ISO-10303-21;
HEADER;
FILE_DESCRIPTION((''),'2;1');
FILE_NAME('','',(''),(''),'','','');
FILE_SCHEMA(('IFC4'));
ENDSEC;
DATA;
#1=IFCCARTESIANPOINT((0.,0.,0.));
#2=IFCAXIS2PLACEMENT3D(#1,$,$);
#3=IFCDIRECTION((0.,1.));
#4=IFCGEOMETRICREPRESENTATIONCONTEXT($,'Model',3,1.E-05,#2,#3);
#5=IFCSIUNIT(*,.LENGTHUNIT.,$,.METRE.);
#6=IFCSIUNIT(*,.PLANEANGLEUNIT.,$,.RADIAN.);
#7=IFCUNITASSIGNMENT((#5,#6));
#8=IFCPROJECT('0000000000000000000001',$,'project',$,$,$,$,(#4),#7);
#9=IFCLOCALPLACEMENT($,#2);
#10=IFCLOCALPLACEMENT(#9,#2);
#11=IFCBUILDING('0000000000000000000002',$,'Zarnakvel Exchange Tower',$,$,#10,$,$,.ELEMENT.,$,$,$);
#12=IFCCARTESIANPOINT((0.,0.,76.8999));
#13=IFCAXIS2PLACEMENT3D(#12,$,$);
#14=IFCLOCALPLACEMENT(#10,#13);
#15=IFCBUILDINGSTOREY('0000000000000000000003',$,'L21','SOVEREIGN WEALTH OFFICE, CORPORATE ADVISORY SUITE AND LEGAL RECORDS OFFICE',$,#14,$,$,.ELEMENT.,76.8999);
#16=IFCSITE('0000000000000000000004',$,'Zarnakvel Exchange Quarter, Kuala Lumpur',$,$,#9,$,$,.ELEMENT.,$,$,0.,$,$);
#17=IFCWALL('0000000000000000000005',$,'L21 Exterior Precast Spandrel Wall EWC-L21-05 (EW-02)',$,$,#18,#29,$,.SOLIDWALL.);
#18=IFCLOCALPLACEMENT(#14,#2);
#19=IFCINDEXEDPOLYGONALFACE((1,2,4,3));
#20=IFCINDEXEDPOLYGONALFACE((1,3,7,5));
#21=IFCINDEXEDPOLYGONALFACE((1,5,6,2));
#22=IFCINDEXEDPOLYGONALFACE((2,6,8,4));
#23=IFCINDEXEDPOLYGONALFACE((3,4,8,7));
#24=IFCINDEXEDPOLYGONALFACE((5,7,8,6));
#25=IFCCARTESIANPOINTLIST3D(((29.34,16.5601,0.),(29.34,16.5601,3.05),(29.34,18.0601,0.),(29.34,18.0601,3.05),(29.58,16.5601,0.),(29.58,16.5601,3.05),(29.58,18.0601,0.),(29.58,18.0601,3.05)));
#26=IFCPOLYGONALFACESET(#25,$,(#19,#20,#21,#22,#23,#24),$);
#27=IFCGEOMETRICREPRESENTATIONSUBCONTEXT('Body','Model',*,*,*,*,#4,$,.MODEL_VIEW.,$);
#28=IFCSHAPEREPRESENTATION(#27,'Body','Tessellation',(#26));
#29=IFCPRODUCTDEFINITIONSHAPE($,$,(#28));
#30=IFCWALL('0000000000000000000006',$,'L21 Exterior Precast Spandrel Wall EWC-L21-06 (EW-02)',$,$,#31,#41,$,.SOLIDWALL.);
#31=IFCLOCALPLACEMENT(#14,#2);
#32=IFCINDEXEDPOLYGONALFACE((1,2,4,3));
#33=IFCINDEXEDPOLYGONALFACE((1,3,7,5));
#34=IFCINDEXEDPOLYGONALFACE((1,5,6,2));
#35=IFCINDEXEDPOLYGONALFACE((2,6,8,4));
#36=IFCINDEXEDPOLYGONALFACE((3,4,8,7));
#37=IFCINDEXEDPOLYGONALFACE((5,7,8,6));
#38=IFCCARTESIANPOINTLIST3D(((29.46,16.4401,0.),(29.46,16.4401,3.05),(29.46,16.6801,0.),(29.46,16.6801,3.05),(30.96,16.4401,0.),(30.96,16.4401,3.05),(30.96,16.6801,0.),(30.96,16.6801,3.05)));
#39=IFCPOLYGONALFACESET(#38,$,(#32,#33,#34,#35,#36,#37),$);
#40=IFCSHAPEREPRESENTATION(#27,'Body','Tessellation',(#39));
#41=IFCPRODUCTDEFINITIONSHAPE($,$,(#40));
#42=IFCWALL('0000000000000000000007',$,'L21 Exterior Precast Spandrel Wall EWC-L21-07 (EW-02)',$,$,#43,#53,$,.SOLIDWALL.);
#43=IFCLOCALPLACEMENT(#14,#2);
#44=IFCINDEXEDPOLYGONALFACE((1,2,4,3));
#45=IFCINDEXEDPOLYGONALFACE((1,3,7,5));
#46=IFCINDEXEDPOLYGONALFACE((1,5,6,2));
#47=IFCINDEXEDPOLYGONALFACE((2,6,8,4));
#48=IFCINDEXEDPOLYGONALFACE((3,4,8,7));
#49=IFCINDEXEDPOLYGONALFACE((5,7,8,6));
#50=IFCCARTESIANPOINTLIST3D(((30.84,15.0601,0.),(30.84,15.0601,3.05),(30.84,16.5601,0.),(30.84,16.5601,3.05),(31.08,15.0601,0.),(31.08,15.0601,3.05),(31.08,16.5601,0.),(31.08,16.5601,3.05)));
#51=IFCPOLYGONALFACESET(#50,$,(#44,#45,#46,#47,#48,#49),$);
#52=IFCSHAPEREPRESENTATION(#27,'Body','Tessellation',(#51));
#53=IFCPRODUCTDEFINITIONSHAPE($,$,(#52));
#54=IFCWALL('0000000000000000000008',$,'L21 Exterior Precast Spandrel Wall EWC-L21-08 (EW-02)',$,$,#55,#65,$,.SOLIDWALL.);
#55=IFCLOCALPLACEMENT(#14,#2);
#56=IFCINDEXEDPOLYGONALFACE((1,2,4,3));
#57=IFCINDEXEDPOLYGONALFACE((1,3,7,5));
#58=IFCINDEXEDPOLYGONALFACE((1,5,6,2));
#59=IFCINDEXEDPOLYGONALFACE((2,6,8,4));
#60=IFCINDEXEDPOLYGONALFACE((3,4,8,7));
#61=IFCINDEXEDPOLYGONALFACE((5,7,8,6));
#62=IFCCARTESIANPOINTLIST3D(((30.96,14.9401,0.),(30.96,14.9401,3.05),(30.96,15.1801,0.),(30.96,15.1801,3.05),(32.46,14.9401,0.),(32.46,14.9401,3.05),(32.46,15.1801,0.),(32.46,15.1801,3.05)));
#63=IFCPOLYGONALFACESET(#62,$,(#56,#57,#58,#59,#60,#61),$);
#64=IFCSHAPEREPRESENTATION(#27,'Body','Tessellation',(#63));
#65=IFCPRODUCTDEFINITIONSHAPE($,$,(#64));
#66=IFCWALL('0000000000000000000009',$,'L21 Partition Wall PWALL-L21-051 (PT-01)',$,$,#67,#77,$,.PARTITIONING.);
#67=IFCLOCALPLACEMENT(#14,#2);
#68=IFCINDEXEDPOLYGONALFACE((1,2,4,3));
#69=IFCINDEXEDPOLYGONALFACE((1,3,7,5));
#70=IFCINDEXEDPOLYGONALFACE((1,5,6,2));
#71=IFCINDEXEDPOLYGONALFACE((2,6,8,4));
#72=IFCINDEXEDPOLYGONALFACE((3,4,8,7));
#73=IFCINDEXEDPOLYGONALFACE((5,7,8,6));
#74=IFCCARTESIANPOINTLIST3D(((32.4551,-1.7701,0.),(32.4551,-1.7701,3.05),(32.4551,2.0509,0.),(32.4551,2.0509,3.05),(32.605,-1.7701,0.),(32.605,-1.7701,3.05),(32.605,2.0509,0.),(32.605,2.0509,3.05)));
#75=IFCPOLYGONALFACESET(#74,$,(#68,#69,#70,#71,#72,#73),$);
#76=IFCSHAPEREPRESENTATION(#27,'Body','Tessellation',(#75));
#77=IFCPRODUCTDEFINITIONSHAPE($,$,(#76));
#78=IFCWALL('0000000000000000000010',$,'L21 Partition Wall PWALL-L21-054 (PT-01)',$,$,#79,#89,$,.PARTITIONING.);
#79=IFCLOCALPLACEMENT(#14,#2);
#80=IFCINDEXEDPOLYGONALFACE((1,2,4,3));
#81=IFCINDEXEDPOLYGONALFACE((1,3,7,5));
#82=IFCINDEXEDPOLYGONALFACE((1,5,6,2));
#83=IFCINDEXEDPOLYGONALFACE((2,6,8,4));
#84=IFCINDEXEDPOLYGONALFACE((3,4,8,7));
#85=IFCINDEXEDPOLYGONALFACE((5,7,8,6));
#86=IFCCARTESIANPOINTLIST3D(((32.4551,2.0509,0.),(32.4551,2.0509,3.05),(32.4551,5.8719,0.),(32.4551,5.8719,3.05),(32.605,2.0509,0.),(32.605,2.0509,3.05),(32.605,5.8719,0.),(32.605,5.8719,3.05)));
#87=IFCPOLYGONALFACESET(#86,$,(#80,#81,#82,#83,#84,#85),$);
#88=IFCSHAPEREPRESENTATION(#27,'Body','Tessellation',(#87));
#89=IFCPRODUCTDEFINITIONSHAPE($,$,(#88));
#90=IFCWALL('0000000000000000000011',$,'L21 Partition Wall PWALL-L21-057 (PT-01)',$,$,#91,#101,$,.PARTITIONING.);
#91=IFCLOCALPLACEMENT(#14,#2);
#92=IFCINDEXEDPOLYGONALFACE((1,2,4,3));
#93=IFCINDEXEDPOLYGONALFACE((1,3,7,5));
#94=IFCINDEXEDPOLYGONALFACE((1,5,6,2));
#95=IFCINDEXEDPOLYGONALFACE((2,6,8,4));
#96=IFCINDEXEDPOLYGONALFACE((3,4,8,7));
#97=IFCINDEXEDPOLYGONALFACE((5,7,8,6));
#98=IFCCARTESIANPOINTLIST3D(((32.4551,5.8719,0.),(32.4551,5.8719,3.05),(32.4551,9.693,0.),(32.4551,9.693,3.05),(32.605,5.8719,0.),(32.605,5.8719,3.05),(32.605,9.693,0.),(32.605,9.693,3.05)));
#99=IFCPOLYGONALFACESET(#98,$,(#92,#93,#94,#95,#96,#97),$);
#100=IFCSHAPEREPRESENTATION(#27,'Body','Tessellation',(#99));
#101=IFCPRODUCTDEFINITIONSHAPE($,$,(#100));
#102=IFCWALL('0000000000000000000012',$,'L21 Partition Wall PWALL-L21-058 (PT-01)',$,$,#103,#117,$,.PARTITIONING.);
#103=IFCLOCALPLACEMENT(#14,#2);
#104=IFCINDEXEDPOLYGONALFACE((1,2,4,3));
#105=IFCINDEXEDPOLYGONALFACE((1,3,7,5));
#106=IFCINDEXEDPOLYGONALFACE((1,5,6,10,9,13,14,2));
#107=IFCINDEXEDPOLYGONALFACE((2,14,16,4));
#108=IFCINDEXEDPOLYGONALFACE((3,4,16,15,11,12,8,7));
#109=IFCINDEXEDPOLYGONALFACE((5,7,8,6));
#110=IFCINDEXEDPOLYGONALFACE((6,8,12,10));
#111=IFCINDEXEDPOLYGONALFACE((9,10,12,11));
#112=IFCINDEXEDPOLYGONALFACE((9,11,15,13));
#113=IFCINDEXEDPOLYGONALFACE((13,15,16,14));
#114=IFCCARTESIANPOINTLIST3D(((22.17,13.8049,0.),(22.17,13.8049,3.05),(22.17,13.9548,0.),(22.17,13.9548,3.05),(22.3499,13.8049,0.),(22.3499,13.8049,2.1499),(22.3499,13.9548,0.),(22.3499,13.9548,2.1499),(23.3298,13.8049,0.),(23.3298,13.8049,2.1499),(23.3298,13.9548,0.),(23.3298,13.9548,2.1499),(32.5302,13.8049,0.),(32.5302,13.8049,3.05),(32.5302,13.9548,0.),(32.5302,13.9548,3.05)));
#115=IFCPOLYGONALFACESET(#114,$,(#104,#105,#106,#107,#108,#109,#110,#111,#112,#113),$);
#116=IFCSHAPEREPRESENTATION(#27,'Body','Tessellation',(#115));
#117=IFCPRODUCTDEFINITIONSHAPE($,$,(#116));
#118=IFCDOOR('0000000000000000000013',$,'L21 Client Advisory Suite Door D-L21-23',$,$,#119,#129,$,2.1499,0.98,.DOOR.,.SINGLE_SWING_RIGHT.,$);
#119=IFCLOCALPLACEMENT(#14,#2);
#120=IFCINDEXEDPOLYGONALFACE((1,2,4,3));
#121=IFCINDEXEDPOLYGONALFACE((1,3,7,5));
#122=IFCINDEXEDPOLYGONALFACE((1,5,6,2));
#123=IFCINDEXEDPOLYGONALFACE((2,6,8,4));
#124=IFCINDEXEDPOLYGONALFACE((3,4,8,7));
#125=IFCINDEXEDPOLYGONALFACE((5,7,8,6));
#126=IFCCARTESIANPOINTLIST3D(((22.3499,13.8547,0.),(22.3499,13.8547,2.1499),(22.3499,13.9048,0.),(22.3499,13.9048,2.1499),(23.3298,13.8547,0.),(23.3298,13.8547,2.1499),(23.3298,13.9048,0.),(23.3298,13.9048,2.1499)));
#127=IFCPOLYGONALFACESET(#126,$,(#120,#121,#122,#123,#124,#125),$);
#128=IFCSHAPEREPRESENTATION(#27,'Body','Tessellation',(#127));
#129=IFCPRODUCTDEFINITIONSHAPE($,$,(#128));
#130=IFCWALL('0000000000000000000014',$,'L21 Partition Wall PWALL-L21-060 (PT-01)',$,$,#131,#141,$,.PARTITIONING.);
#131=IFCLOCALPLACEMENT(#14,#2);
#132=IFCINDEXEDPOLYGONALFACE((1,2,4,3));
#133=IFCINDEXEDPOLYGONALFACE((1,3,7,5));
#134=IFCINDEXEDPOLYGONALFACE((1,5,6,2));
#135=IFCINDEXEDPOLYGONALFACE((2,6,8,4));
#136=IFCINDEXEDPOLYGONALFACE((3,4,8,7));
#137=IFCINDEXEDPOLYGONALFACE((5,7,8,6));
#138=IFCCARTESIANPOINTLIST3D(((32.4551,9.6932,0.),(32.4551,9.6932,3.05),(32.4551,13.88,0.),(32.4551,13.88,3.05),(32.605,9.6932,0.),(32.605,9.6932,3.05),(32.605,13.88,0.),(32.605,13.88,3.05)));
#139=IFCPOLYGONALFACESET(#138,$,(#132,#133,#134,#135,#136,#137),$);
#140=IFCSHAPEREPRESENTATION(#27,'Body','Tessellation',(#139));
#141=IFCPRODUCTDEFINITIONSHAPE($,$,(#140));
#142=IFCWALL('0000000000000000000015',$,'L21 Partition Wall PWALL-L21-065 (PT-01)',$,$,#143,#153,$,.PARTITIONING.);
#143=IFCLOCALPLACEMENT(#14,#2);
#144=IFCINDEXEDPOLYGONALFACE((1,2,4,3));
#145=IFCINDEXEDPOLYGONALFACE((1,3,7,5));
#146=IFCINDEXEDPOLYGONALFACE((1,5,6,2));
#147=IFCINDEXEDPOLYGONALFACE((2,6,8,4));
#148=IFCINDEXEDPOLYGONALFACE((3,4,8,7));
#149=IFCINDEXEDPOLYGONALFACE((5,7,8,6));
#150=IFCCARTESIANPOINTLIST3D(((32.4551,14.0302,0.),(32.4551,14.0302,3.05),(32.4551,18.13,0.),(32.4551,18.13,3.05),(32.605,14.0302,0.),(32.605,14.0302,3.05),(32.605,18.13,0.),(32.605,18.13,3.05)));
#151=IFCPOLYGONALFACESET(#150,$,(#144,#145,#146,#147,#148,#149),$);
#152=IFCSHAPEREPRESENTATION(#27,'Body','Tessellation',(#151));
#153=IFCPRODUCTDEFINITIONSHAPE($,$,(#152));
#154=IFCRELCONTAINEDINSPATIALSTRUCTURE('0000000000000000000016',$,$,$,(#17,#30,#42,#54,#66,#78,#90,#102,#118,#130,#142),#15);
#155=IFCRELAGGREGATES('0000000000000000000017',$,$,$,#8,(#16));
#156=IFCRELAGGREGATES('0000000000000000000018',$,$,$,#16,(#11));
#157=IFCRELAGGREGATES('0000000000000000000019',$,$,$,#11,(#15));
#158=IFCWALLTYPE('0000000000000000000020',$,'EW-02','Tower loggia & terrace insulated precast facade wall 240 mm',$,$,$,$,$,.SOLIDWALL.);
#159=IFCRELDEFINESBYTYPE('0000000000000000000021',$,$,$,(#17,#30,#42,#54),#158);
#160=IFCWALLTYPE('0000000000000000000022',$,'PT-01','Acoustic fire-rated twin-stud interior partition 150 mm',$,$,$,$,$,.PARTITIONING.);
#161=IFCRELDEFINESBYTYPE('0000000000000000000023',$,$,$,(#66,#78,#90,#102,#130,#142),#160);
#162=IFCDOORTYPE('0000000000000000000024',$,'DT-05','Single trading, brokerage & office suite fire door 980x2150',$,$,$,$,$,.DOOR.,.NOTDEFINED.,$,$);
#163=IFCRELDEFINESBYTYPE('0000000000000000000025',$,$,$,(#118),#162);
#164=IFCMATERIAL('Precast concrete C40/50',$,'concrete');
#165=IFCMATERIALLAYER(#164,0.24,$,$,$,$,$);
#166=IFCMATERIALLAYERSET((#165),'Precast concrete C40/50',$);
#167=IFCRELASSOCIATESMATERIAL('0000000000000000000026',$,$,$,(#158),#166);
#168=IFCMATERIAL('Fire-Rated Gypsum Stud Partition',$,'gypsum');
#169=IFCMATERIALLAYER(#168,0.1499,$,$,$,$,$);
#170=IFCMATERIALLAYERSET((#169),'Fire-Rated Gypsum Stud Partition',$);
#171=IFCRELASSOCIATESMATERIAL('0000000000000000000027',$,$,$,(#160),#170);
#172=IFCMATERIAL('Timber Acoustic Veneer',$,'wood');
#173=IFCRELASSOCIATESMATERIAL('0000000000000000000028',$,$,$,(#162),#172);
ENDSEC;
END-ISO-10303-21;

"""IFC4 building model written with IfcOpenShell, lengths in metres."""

from ifc_helpers import new_model, si_unit, direction, frame, frame_2d, origin, place, context, subcontext, project, spatial, rectangle, extrude, source, transform, mapped, material, layer, layer_set, type_object, element, fill, save


model = new_model("IFC4")

# Units and contexts
model_context = context("Model", 3, precision=1e-05, world=origin(), true_north=direction((0.0, 1.0)))
body_context = subcontext(model_context, "Body", "Model", "MODEL_VIEW")
ifc_project = project(units=[si_unit("LENGTHUNIT", "METRE"), si_unit("PLANEANGLEUNIT", "RADIAN")], contexts=[model_context])

# Site, building, storey
site_placement = place(None, origin())
site = spatial("IfcSite", under=ifc_project, at=site_placement, Name="Zarnakvel Exchange Quarter, Kuala Lumpur", CompositionType="ELEMENT", RefElevation=0.0)
building_placement = place(site_placement, origin())
building = spatial("IfcBuilding", under=site, at=building_placement, Name="Zarnakvel Exchange Tower", CompositionType="ELEMENT")
storey_placement = place(building_placement, frame((0.0, 0.0, 76.8999)))
storey = spatial("IfcBuildingStorey", under=building, at=storey_placement, Name="L21", Description="SOVEREIGN WEALTH OFFICE, CORPORATE ADVISORY SUITE AND LEGAL RECORDS OFFICE", CompositionType="ELEMENT", Elevation=76.8999)

# Walls
ifc_material_1 = material(Name="Precast concrete C40/50", Category="concrete")
ifc_layer_1 = layer(ifc_material_1, 0.24)
ifc_layer_set_1 = layer_set([ifc_layer_1], Name="Precast concrete C40/50")
wall_type_1 = type_object("IfcWallType", Name="EW-02", Description="Tower loggia & terrace insulated precast facade wall 240 mm", PredefinedType="SOLIDWALL", material=ifc_layer_set_1)
for number, where, z_axis, x_axis, name in (
    (1, (29.46, 16.5601, 0.0), (0.0, 0.0, 1.0), (0.0, 1.0, 0.0), "L21 Exterior Precast Spandrel Wall EWC-L21-05 (EW-02)"),
    (2, (30.96, 16.5601, 0.0), (0.0, 0.0, 1.0), (-1.0, 0.0, 0.0), "L21 Exterior Precast Spandrel Wall EWC-L21-06 (EW-02)"),
    (3, (30.96, 15.0601, 0.0), (0.0, 0.0, 1.0), (0.0, 1.0, 0.0), "L21 Exterior Precast Spandrel Wall EWC-L21-07 (EW-02)"),
    (4, (32.46, 15.0601, 0.0), (0.0, 0.0, 1.0), (-1.0, 0.0, 0.0), "L21 Exterior Precast Spandrel Wall EWC-L21-08 (EW-02)"),
):
    element("IfcWall", number, at=place(storey_placement, frame(where, z_axis=z_axis, x_axis=x_axis)), inside=storey, type_object=wall_type_1, Name=name, PredefinedType="SOLIDWALL", context=body_context, shape_type="SweptSolid", body=[
        extrude(rectangle(XDim=1.5, YDim=0.24, at=frame_2d((0.75, 0.0))), origin(), (0.0, 0.0, 1.0), 3.05),
    ])
ifc_material_2 = material(Name="Fire-Rated Gypsum Stud Partition", Category="gypsum")
ifc_layer_2 = layer(ifc_material_2, 0.1499)
ifc_layer_set_2 = layer_set([ifc_layer_2], Name="Fire-Rated Gypsum Stud Partition")
wall_type_2 = type_object("IfcWallType", Name="PT-01", Description="Acoustic fire-rated twin-stud interior partition 150 mm", PredefinedType="PARTITIONING", material=ifc_layer_set_2)
for number, where, z_axis, x_axis, name in (
    (5, (32.53, 2.051, 0.0), (0.0, 0.0, 1.0), (0.0, -1.0, 0.0), "L21 Partition Wall PWALL-L21-051 (PT-01)"),
    (6, (32.53, 5.8721, 0.0), (0.0, 0.0, 1.0), (0.0, -1.0, 0.0), "L21 Partition Wall PWALL-L21-054 (PT-01)"),
    (7, (32.53, 9.6931, 0.0), (0.0, 0.0, 1.0), (0.0, -1.0, 0.0), "L21 Partition Wall PWALL-L21-057 (PT-01)"),
):
    element("IfcWall", number, at=place(storey_placement, frame(where, z_axis=z_axis, x_axis=x_axis)), inside=storey, type_object=wall_type_2, Name=name, PredefinedType="PARTITIONING", context=body_context, shape_type="SweptSolid", body=[
        extrude(rectangle(XDim=3.821, YDim=0.1499, at=frame_2d((1.9106, 0.0))), origin(), (0.0, 0.0, 1.0), 3.05),
    ])

# Wall, opening, door
wall_1_placement = place(storey_placement, frame((22.1699, 13.8799, 0.0), z_axis=(0.0, 0.0, 1.0), x_axis=(1.0, 0.0, 0.0)))
wall_1 = element("IfcWall", 8, at=wall_1_placement, inside=storey, type_object=wall_type_2, Name="L21 Partition Wall PWALL-L21-058 (PT-01)", PredefinedType="PARTITIONING", context=body_context, shape_type="SweptSolid", body=[
    extrude(rectangle(XDim=10.3601, YDim=0.1499, at=frame_2d((5.1802, 0.0))), origin(), (0.0, 0.0, 1.0), 3.05),
])
opening_placement = place(wall_1_placement, frame((0.1799, 0.0, 0.0)))
opening = element("IfcOpeningElement", 9, at=opening_placement, cuts=wall_1, PredefinedType="OPENING", context=body_context, shape_type="SweptSolid", body=[
    extrude(rectangle(XDim=0.98, YDim=2.1499, at=frame_2d((0.49, 1.075))), frame((0.0, 0.085, 0.0), z_axis=(0.0, -1.0, 0.0), x_axis=(1.0, 0.0, 0.0)), (0.0, 0.0, 1.0), 0.1699),
])
ifc_material_3 = material(Name="Timber Acoustic Veneer", Category="wood")
door_type = type_object("IfcDoorType", Name="DT-05", Description="Single trading, brokerage & office suite fire door 980x2150", OperationType="NOTDEFINED", PredefinedType="DOOR", material=ifc_material_3)
shared_shape_1 = source(origin(), body_context, "Body", "SweptSolid", [
    extrude(rectangle(XDim=0.98, YDim=2.1499, at=frame_2d((0.49, 1.075))), frame((0.0, 0.0249, 0.0), z_axis=(0.0, -1.0, 0.0), x_axis=(1.0, 0.0, 0.0)), (0.0, 0.0, 1.0), 0.05),
])
door_placement = place(opening_placement, origin())
door = element("IfcDoor", 10, at=door_placement, inside=storey, type_object=door_type, Name="L21 Client Advisory Suite Door D-L21-23", OperationType="SINGLE_SWING_RIGHT", OverallHeight=2.1499, OverallWidth=0.98, PredefinedType="DOOR", context=body_context, shape_type="MappedRepresentation", body=[
    mapped(shared_shape_1, transform((0.0, 0.0, 0.0), x_axis=(1.0, 0.0, 0.0), y_axis=(0.0, 1.0, 0.0), z_axis=(0.0, 0.0, 1.0), scale=1.0)),
])
fill(opening, door)

# Walls
wall_2_placement = place(storey_placement, frame((32.53, 13.8799, 0.0), z_axis=(0.0, 0.0, 1.0), x_axis=(0.0, -1.0, 0.0)))
element("IfcWall", 11, at=wall_2_placement, inside=storey, type_object=wall_type_2, Name="L21 Partition Wall PWALL-L21-060 (PT-01)", PredefinedType="PARTITIONING", context=body_context, shape_type="SweptSolid", body=[
    extrude(rectangle(XDim=4.1868, YDim=0.1499, at=frame_2d((2.0933, 0.0))), origin(), (0.0, 0.0, 1.0), 3.05),
])
wall_3_placement = place(storey_placement, frame((32.53, 18.1299, 0.0), z_axis=(0.0, 0.0, 1.0), x_axis=(0.0, -1.0, 0.0)))
element("IfcWall", 12, at=wall_3_placement, inside=storey, type_object=wall_type_2, Name="L21 Partition Wall PWALL-L21-065 (PT-01)", PredefinedType="PARTITIONING", context=body_context, shape_type="SweptSolid", body=[
    extrude(rectangle(XDim=4.0999, YDim=0.1499, at=frame_2d((2.0498, 0.0))), origin(), (0.0, 0.0, 1.0), 3.05),
])

save(model, "model.ifc")
